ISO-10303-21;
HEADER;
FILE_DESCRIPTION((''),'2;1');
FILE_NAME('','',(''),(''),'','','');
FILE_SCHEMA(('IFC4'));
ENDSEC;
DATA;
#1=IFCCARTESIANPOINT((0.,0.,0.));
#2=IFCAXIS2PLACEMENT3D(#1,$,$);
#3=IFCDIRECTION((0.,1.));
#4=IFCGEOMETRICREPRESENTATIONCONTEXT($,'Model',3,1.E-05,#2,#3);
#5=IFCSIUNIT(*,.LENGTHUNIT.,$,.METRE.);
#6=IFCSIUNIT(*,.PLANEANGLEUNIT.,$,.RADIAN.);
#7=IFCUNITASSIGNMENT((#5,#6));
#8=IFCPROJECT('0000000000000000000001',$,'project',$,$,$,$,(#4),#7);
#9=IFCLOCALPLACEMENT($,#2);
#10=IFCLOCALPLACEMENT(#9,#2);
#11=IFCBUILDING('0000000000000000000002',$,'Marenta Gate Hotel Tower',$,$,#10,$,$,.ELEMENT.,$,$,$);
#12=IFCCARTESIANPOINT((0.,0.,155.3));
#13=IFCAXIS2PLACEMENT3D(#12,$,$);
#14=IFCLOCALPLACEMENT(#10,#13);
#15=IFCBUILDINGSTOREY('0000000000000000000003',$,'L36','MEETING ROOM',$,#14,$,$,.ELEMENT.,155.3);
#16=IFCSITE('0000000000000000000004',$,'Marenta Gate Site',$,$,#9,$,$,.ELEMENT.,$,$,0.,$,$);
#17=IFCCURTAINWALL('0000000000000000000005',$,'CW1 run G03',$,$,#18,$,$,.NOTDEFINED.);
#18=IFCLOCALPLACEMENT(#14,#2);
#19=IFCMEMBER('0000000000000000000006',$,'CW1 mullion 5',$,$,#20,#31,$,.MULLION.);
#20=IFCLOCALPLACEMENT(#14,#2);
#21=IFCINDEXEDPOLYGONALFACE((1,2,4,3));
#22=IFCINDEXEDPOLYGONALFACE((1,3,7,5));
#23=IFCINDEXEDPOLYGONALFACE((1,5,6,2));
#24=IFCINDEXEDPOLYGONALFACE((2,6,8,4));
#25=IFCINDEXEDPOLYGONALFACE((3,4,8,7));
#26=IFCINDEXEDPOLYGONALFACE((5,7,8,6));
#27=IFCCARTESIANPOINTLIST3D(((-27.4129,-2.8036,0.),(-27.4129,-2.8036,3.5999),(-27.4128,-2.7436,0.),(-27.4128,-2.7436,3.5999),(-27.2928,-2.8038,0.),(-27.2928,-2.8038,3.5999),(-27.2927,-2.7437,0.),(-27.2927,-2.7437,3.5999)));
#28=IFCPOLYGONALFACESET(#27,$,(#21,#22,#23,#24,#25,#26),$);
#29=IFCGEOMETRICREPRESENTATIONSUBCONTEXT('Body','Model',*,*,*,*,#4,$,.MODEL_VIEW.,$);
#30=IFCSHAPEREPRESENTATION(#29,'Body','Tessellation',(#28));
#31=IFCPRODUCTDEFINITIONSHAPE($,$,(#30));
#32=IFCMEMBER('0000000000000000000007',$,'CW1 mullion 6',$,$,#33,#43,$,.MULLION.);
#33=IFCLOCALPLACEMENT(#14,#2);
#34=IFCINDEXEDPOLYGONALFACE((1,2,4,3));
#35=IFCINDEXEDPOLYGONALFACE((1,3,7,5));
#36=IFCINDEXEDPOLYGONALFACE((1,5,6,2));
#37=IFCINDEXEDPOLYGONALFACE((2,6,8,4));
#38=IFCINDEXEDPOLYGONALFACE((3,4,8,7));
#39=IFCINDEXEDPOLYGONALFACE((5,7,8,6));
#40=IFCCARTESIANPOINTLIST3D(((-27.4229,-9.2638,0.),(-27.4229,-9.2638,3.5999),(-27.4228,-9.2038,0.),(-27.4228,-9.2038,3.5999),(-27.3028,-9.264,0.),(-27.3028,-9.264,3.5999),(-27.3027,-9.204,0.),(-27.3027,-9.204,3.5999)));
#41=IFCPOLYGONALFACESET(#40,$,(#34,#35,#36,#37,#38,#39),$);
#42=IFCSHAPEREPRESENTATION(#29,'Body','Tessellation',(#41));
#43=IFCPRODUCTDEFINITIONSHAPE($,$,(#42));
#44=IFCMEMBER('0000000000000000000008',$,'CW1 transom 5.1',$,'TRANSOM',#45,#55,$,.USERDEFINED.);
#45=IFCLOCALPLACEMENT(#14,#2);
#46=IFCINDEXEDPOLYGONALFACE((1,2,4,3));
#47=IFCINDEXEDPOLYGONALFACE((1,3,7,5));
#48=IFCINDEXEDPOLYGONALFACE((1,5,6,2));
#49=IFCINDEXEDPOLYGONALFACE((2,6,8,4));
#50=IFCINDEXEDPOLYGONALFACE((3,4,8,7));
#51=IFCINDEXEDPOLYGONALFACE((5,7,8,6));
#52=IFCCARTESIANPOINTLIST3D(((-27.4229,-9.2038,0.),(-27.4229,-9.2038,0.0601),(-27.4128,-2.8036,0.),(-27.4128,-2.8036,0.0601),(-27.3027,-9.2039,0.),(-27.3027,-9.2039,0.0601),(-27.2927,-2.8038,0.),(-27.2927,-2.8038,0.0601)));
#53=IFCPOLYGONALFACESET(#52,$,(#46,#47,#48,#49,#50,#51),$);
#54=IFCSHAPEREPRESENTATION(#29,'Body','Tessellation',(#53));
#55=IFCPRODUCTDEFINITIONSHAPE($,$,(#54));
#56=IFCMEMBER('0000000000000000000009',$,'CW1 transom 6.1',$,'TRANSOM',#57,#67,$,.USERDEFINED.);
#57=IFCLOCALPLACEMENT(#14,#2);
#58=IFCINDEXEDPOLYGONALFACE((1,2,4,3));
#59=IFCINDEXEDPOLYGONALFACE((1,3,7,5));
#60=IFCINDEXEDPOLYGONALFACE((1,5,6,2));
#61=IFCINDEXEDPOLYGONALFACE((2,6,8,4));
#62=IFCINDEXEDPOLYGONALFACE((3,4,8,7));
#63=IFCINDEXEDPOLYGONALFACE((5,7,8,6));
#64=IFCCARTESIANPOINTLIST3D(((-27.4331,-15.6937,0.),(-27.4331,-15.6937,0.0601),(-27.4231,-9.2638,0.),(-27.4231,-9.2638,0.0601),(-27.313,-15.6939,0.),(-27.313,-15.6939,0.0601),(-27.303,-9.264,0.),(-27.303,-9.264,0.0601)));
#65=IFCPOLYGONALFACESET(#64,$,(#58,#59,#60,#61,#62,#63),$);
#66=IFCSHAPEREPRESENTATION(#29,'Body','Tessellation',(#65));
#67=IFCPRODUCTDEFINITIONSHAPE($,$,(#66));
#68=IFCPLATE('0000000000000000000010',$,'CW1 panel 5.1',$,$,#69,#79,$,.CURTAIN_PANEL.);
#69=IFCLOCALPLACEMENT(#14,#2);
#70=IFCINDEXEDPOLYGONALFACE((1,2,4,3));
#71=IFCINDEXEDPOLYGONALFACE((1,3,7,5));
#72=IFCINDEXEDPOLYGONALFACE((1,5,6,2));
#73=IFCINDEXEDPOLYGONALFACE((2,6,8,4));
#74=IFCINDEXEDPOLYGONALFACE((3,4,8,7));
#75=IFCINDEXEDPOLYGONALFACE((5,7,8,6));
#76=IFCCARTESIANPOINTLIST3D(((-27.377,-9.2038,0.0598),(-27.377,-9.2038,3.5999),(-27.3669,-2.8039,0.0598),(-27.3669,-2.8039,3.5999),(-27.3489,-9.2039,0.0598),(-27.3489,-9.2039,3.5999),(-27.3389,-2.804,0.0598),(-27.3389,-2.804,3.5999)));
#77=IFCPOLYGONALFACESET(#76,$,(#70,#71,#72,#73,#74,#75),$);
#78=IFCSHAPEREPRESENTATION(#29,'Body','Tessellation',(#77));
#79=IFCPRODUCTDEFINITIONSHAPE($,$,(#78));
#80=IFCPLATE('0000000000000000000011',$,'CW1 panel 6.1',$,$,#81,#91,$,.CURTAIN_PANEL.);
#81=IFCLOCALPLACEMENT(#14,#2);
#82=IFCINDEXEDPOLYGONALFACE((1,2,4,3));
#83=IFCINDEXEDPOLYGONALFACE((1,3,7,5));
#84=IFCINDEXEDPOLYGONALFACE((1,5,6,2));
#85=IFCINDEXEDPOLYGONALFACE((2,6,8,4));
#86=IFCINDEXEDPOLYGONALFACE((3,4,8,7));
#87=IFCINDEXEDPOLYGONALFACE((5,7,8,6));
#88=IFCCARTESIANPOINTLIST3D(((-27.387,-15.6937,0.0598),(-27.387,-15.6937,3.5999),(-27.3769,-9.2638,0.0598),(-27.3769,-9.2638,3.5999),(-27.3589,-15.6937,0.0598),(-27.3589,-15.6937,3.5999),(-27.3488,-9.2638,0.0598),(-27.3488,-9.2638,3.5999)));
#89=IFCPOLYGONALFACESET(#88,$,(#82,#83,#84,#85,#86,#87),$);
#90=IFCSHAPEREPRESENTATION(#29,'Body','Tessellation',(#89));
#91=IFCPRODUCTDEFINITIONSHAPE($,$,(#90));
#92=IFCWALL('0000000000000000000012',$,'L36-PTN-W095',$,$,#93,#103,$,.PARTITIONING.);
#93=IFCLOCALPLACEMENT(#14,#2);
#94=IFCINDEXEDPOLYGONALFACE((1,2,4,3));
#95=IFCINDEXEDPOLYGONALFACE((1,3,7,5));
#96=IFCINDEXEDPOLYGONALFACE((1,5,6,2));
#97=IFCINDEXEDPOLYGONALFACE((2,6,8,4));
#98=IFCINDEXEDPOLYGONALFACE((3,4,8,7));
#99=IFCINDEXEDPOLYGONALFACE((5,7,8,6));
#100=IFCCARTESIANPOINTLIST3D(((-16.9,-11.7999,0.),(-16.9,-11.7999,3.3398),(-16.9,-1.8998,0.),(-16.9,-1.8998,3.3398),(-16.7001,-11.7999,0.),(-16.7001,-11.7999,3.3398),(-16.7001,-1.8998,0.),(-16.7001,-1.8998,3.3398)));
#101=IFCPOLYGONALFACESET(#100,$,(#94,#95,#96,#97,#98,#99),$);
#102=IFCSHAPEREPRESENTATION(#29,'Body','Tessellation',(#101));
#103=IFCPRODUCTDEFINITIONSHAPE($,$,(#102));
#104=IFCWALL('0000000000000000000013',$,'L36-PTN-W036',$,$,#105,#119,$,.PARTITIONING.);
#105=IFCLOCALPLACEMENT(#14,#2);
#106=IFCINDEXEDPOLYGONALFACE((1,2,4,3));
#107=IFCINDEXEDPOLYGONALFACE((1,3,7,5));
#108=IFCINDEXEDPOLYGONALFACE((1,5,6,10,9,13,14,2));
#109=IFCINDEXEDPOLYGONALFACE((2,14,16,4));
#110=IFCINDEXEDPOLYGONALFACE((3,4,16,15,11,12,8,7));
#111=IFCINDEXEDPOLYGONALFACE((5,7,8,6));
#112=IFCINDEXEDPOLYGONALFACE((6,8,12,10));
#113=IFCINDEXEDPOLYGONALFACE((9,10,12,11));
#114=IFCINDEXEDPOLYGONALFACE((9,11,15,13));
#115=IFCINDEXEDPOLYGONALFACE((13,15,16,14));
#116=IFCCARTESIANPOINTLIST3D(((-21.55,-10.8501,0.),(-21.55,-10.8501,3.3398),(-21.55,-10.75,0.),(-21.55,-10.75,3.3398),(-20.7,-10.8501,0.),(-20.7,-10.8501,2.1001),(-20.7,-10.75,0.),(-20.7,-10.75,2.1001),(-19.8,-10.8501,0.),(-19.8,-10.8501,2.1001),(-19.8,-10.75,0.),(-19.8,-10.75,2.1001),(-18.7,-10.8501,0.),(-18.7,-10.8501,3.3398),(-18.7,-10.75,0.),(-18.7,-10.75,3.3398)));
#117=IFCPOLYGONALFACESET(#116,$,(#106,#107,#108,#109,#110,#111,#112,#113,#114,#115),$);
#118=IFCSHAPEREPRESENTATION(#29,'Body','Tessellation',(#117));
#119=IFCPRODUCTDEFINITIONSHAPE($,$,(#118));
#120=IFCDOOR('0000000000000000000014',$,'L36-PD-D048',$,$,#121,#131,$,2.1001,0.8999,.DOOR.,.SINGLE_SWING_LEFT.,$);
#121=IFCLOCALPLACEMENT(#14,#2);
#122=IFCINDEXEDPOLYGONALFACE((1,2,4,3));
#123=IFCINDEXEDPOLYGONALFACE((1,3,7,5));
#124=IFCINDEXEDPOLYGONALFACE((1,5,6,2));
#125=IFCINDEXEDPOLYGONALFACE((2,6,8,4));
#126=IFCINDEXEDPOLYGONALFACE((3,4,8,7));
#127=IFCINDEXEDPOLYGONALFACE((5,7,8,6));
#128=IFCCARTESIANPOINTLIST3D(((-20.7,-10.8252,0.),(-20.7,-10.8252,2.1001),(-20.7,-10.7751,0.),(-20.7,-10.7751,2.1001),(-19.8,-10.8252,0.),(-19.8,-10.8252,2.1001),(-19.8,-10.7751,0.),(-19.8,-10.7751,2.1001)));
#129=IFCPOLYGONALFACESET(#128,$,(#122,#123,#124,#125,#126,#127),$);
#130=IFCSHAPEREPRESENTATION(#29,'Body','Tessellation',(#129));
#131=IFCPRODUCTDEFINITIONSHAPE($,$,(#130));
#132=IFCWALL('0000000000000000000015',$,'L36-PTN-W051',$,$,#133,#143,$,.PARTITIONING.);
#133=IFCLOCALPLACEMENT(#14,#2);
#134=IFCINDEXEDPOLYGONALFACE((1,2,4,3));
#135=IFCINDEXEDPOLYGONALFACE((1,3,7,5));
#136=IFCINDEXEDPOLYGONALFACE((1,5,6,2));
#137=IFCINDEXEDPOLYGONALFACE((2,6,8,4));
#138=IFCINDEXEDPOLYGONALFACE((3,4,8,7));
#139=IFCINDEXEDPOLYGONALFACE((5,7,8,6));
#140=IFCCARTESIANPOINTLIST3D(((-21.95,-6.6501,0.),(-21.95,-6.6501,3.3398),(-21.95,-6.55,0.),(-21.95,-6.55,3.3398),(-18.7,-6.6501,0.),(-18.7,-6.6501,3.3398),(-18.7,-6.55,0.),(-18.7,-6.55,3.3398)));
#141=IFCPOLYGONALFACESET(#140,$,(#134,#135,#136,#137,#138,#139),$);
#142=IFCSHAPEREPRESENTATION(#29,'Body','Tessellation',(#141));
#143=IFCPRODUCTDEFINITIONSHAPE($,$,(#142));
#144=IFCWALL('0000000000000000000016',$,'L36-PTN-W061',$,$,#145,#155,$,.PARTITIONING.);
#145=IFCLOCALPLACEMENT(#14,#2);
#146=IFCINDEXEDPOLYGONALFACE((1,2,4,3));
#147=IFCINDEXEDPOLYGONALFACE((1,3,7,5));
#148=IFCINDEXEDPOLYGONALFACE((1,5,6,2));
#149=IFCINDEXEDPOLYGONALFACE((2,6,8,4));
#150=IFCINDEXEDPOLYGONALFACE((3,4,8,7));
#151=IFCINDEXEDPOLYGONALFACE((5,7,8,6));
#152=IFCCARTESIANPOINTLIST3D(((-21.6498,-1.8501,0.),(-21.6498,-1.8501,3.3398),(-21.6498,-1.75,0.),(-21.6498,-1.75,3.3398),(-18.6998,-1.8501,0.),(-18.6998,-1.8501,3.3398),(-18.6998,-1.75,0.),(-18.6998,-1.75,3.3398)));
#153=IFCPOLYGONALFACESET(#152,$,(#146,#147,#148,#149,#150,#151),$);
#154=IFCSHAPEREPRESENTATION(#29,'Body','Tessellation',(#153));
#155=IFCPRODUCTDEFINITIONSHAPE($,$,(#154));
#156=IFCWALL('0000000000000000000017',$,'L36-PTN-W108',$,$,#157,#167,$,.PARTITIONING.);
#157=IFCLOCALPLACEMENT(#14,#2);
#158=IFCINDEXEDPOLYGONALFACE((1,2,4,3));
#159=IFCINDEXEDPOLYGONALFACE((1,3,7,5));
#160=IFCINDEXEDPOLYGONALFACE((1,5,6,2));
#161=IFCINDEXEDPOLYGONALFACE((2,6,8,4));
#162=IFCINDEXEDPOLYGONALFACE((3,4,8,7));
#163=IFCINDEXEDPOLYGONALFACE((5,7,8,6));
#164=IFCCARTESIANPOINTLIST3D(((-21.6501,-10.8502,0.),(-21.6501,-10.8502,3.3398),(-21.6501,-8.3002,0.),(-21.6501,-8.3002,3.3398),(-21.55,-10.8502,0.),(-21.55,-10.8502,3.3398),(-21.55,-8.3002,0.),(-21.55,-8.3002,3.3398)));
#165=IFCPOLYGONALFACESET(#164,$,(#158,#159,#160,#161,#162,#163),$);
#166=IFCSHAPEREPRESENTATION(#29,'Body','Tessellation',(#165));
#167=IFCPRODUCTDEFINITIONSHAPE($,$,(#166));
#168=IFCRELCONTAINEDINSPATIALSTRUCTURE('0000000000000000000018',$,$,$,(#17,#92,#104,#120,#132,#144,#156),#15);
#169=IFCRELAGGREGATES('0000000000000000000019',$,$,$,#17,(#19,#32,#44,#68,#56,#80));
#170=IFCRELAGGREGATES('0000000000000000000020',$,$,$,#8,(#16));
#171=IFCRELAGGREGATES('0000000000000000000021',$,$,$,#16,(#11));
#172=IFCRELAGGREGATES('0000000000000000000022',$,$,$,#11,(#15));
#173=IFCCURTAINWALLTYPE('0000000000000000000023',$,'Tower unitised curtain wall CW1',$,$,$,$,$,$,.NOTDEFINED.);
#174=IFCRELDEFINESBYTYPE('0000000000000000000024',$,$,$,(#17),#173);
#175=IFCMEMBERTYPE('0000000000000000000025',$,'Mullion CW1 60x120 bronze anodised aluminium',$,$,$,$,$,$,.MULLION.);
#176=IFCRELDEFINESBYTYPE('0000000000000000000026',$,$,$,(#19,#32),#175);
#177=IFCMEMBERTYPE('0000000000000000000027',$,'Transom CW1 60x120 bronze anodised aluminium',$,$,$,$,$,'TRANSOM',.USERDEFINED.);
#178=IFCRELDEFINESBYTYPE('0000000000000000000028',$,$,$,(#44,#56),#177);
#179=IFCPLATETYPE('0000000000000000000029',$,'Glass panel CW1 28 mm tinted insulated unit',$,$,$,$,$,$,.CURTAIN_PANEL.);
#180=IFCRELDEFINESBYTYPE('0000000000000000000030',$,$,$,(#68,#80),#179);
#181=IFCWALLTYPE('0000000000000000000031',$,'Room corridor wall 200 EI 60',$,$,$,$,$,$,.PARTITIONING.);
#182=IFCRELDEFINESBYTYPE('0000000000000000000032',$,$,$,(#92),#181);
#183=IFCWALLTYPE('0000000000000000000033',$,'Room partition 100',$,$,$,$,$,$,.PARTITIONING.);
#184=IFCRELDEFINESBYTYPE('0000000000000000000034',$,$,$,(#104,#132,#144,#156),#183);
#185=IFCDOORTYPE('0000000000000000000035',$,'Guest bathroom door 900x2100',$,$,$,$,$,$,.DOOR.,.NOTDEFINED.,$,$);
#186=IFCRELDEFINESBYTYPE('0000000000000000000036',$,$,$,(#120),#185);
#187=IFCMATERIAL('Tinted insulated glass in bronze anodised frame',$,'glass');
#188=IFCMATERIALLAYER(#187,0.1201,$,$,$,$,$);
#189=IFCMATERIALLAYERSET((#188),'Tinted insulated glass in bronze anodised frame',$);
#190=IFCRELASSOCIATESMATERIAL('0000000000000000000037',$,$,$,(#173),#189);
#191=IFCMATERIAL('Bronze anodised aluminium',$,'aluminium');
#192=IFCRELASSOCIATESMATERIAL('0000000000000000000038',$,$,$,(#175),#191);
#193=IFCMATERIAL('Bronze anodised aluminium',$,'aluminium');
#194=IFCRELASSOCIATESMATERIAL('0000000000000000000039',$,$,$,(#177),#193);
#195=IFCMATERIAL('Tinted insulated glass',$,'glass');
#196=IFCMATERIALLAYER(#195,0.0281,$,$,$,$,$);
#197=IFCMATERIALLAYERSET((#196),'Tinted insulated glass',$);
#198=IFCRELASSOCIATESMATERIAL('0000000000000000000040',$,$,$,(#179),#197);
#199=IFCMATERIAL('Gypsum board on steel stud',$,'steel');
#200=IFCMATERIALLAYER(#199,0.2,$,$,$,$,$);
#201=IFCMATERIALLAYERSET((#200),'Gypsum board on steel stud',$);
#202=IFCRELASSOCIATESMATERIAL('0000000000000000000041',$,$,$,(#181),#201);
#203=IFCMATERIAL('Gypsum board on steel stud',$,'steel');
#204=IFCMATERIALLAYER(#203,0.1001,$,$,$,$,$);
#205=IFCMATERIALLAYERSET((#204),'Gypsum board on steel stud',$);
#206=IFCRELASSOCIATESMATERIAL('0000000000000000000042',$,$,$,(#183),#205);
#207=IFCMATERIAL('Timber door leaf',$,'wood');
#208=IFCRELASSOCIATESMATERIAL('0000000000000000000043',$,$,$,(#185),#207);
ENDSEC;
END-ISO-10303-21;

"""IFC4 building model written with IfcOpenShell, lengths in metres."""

from ifc_helpers import new_model, si_unit, direction, frame, frame_2d, origin, origin_2d, place, context, subcontext, project, spatial, rectangle, extrude, material, layer, layer_set, material_profile, profile_set, type_object, element, fill, aggregate, save


model = new_model("IFC4")

# Units and contexts
model_context = context("Model", 3, precision=1e-05, world=origin(), true_north=direction((0.0, 1.0)))
body_context = subcontext(model_context, "Body", "Model", "MODEL_VIEW")
ifc_project = project(units=[si_unit("LENGTHUNIT", "METRE"), si_unit("PLANEANGLEUNIT", "RADIAN")], contexts=[model_context])

# Site, building, storey
site_placement = place(None, origin())
site = spatial("IfcSite", under=ifc_project, at=site_placement, Name="Marenta Gate Site", CompositionType="ELEMENT", RefElevation=0.0)
building_placement = place(site_placement, origin())
building = spatial("IfcBuilding", under=site, at=building_placement, Name="Marenta Gate Hotel Tower", CompositionType="ELEMENT")
storey_placement = place(building_placement, frame((0.0, 0.0, 155.3)))
storey = spatial("IfcBuildingStorey", under=building, at=storey_placement, Name="L36", Description="MEETING ROOM", CompositionType="ELEMENT", Elevation=155.3)

# Curtain wall, members, plates
ifc_material_1 = material(Name="Tinted insulated glass in bronze anodised frame", Category="glass")
ifc_layer_1 = layer(ifc_material_1, 0.1201)
ifc_layer_set_1 = layer_set([ifc_layer_1], Name="Tinted insulated glass in bronze anodised frame")
curtain_wall_type = type_object("IfcCurtainWallType", Name="Tower unitised curtain wall CW1", PredefinedType="NOTDEFINED", material=ifc_layer_set_1)
curtain_wall_placement = place(storey_placement, origin())
curtain_wall = element("IfcCurtainWall", 1, at=curtain_wall_placement, inside=storey, type_object=curtain_wall_type, Name="CW1 run G03", PredefinedType="NOTDEFINED")
ifc_material_2 = material(Name="Bronze anodised aluminium", Category="aluminium")
ifc_material_profile_1 = material_profile(ifc_material_2, rectangle(XDim=0.1201, YDim=0.0601, at=origin_2d()), Name="Mullion CW1 60x120 bronze anodised aluminium")
ifc_profile_set_1 = profile_set([ifc_material_profile_1], Name="Bronze anodised aluminium")
member_type_1 = type_object("IfcMemberType", Name="Mullion CW1 60x120 bronze anodised aluminium", PredefinedType="MULLION", material=ifc_profile_set_1)
member_1_placement = place(storey_placement, frame((-27.3528, -2.7737, 0.0), z_axis=(0.0, 0.0, 1.0), x_axis=(0.999999, -0.001566, 0.0)))
member_1 = element("IfcMember", 2, at=member_1_placement, type_object=member_type_1, Name="CW1 mullion 5", PredefinedType="MULLION", context=body_context, shape_type="SweptSolid", body=[
    extrude(rectangle(XDim=0.1201, YDim=0.0601, at=origin_2d()), origin(), (0.0, 0.0, 1.0), 3.5999),
])
member_2_placement = place(storey_placement, frame((-27.3628, -9.2339, 0.0), z_axis=(0.0, 0.0, 1.0), x_axis=(0.999999, -0.001566, 0.0)))
member_2 = element("IfcMember", 3, at=member_2_placement, type_object=member_type_1, Name="CW1 mullion 6", PredefinedType="MULLION", context=body_context, shape_type="SweptSolid", body=[
    extrude(rectangle(XDim=0.1201, YDim=0.0601, at=origin_2d()), origin(), (0.0, 0.0, 1.0), 3.5999),
])
ifc_material_3 = material(Name="Bronze anodised aluminium", Category="aluminium")
ifc_material_profile_2 = material_profile(ifc_material_3, rectangle(XDim=0.1201, YDim=0.0601, at=origin_2d()), Name="Transom CW1 60x120 bronze anodised aluminium")
ifc_profile_set_2 = profile_set([ifc_material_profile_2], Name="Bronze anodised aluminium")
member_type_2 = type_object("IfcMemberType", Name="Transom CW1 60x120 bronze anodised aluminium", ElementType="TRANSOM", PredefinedType="USERDEFINED", material=ifc_profile_set_2)
member_3_placement = place(storey_placement, frame((-27.3528, -2.8037, 0.03), z_axis=(-0.001564, -0.999999, 0.0), x_axis=(0.999999, -0.001564, 0.0)))
member_3 = element("IfcMember", 4, at=member_3_placement, type_object=member_type_2, Name="CW1 transom 5.1", ObjectType="TRANSOM", PredefinedType="USERDEFINED", context=body_context, shape_type="SweptSolid", body=[
    extrude(rectangle(XDim=0.1201, YDim=0.0601, at=origin_2d()), origin(), (0.0, 0.0, 1.0), 6.4001),
])
member_4_placement = place(storey_placement, frame((-27.363, -9.2639, 0.03), z_axis=(-0.001557, -0.999999, 0.0), x_axis=(0.999999, -0.001557, 0.0)))
member_4 = element("IfcMember", 5, at=member_4_placement, type_object=member_type_2, Name="CW1 transom 6.1", ObjectType="TRANSOM", PredefinedType="USERDEFINED", context=body_context, shape_type="SweptSolid", body=[
    extrude(rectangle(XDim=0.1201, YDim=0.0601, at=origin_2d()), origin(), (0.0, 0.0, 1.0), 6.4299),
])
ifc_material_4 = material(Name="Tinted insulated glass", Category="glass")
ifc_layer_2 = layer(ifc_material_4, 0.0281)
ifc_layer_set_2 = layer_set([ifc_layer_2], Name="Tinted insulated glass")
plate_type = type_object("IfcPlateType", Name="Glass panel CW1 28 mm tinted insulated unit", PredefinedType="CURTAIN_PANEL", material=ifc_layer_set_2)
plate_1_placement = place(storey_placement, frame((-27.3579, -6.0039, 0.0598), z_axis=(0.0, 0.0, 1.0), x_axis=(-0.001566, -0.999999, 0.0)))
plate_1 = element("IfcPlate", 6, at=plate_1_placement, type_object=plate_type, Name="CW1 panel 5.1", PredefinedType="CURTAIN_PANEL", context=body_context, shape_type="SweptSolid", body=[
    extrude(rectangle(XDim=6.3999, YDim=0.0281, at=origin_2d()), origin(), (0.0, 0.0, 1.0), 3.54),
])
plate_2_placement = place(storey_placement, frame((-27.3679, -12.4788, 0.0598), z_axis=(0.0, 0.0, 1.0), x_axis=(-0.001566, -0.999999, 0.0)))
plate_2 = element("IfcPlate", 7, at=plate_2_placement, type_object=plate_type, Name="CW1 panel 6.1", PredefinedType="CURTAIN_PANEL", context=body_context, shape_type="SweptSolid", body=[
    extrude(rectangle(XDim=6.4299, YDim=0.0281, at=origin_2d()), origin(), (0.0, 0.0, 1.0), 3.54),
])
aggregate(curtain_wall, [member_1, member_2, member_3, plate_1, member_4, plate_2])

# Shared definitions
ifc_material_5 = material(Name="Gypsum board on steel stud", Category="steel")
ifc_layer_3 = layer(ifc_material_5, 0.2)
ifc_layer_set_3 = layer_set([ifc_layer_3], Name="Gypsum board on steel stud")
wall_type_1 = type_object("IfcWallType", Name="Room corridor wall 200 EI 60", PredefinedType="PARTITIONING", material=ifc_layer_set_3)

# Wall
wall_1_placement = place(storey_placement, frame((-16.8, -11.8, 0.0), z_axis=(0.0, 0.0, 1.0), x_axis=(0.0, 1.0, 0.0)))
element("IfcWall", 8, at=wall_1_placement, inside=storey, type_object=wall_type_1, Name="L36-PTN-W095", PredefinedType="PARTITIONING", context=body_context, shape_type="SweptSolid", body=[
    extrude(rectangle(XDim=9.9001, YDim=0.2, at=frame_2d((4.9502, 0.0))), origin(), (0.0, 0.0, 1.0), 3.3398),
])

# Wall, opening, door
ifc_material_6 = material(Name="Gypsum board on steel stud", Category="steel")
ifc_layer_4 = layer(ifc_material_6, 0.1001)
ifc_layer_set_4 = layer_set([ifc_layer_4], Name="Gypsum board on steel stud")
wall_type_2 = type_object("IfcWallType", Name="Room partition 100", PredefinedType="PARTITIONING", material=ifc_layer_set_4)
wall_2_placement = place(storey_placement, frame((-21.55, -10.8, 0.0), z_axis=(0.0, 0.0, 1.0), x_axis=(1.0, 0.0, 0.0)))
wall_2 = element("IfcWall", 9, at=wall_2_placement, inside=storey, type_object=wall_type_2, Name="L36-PTN-W036", PredefinedType="PARTITIONING", context=body_context, shape_type="SweptSolid", body=[
    extrude(rectangle(XDim=2.8501, YDim=0.1001, at=frame_2d((1.425, 0.0))), origin(), (0.0, 0.0, 1.0), 3.3398),
])
opening_1_placement = place(wall_2_placement, frame((0.8501, 0.0, 0.0)))
opening_1 = element("IfcOpeningElement", 10, at=opening_1_placement, cuts=wall_2, PredefinedType="OPENING", context=body_context, shape_type="SweptSolid", body=[
    extrude(rectangle(XDim=0.8999, YDim=2.1001, at=frame_2d((0.45, 1.05))), frame((0.0, 0.05, 0.0), z_axis=(0.0, -1.0, 0.0), x_axis=(1.0, 0.0, 0.0)), (0.0, 0.0, 1.0), 0.1001),
])
ifc_material_7 = material(Name="Timber door leaf", Category="wood")
door_type_1 = type_object("IfcDoorType", Name="Guest bathroom door 900x2100", OperationType="NOTDEFINED", PredefinedType="DOOR", material=ifc_material_7)
door_1_placement = place(opening_1_placement, origin())
door_1 = element("IfcDoor", 11, at=door_1_placement, inside=storey, type_object=door_type_1, Name="L36-PD-D048", OperationType="SINGLE_SWING_LEFT", OverallHeight=2.1001, OverallWidth=0.8999, PredefinedType="DOOR", context=body_context, shape_type="SweptSolid", body=[
    extrude(rectangle(XDim=0.8999, YDim=2.1001, at=frame_2d((0.45, 1.05))), frame((0.0, 0.0249, 0.0), z_axis=(0.0, -1.0, 0.0), x_axis=(1.0, 0.0, 0.0)), (0.0, 0.0, 1.0), 0.05),
])
fill(opening_1, door_1)

# Walls
wall_3_placement = place(storey_placement, frame((-21.95, -6.6001, 0.0), z_axis=(0.0, 0.0, 1.0), x_axis=(1.0, 0.0, 0.0)))
element("IfcWall", 12, at=wall_3_placement, inside=storey, type_object=wall_type_2, Name="L36-PTN-W051", PredefinedType="PARTITIONING", context=body_context, shape_type="SweptSolid", body=[
    extrude(rectangle(XDim=3.25, YDim=0.1001, at=frame_2d((1.625, 0.0))), origin(), (0.0, 0.0, 1.0), 3.3398),
])
wall_4_placement = place(storey_placement, frame((-21.6499, -1.8, 0.0), z_axis=(0.0, 0.0, 1.0), x_axis=(1.0, 0.0, 0.0)))
element("IfcWall", 13, at=wall_4_placement, inside=storey, type_object=wall_type_2, Name="L36-PTN-W061", PredefinedType="PARTITIONING", context=body_context, shape_type="SweptSolid", body=[
    extrude(rectangle(XDim=2.95, YDim=0.1001, at=frame_2d((1.4751, 0.0))), origin(), (0.0, 0.0, 1.0), 3.3398),
])
wall_5_placement = place(storey_placement, frame((-21.6001, -10.8501, 0.0), z_axis=(0.0, 0.0, 1.0), x_axis=(0.0, 1.0, 0.0)))
element("IfcWall", 14, at=wall_5_placement, inside=storey, type_object=wall_type_2, Name="L36-PTN-W108", PredefinedType="PARTITIONING", context=body_context, shape_type="SweptSolid", body=[
    extrude(rectangle(XDim=2.55, YDim=0.1001, at=frame_2d((1.2749, 0.0))), origin(), (0.0, 0.0, 1.0), 3.3398),
])

save(model, "model.ifc")
